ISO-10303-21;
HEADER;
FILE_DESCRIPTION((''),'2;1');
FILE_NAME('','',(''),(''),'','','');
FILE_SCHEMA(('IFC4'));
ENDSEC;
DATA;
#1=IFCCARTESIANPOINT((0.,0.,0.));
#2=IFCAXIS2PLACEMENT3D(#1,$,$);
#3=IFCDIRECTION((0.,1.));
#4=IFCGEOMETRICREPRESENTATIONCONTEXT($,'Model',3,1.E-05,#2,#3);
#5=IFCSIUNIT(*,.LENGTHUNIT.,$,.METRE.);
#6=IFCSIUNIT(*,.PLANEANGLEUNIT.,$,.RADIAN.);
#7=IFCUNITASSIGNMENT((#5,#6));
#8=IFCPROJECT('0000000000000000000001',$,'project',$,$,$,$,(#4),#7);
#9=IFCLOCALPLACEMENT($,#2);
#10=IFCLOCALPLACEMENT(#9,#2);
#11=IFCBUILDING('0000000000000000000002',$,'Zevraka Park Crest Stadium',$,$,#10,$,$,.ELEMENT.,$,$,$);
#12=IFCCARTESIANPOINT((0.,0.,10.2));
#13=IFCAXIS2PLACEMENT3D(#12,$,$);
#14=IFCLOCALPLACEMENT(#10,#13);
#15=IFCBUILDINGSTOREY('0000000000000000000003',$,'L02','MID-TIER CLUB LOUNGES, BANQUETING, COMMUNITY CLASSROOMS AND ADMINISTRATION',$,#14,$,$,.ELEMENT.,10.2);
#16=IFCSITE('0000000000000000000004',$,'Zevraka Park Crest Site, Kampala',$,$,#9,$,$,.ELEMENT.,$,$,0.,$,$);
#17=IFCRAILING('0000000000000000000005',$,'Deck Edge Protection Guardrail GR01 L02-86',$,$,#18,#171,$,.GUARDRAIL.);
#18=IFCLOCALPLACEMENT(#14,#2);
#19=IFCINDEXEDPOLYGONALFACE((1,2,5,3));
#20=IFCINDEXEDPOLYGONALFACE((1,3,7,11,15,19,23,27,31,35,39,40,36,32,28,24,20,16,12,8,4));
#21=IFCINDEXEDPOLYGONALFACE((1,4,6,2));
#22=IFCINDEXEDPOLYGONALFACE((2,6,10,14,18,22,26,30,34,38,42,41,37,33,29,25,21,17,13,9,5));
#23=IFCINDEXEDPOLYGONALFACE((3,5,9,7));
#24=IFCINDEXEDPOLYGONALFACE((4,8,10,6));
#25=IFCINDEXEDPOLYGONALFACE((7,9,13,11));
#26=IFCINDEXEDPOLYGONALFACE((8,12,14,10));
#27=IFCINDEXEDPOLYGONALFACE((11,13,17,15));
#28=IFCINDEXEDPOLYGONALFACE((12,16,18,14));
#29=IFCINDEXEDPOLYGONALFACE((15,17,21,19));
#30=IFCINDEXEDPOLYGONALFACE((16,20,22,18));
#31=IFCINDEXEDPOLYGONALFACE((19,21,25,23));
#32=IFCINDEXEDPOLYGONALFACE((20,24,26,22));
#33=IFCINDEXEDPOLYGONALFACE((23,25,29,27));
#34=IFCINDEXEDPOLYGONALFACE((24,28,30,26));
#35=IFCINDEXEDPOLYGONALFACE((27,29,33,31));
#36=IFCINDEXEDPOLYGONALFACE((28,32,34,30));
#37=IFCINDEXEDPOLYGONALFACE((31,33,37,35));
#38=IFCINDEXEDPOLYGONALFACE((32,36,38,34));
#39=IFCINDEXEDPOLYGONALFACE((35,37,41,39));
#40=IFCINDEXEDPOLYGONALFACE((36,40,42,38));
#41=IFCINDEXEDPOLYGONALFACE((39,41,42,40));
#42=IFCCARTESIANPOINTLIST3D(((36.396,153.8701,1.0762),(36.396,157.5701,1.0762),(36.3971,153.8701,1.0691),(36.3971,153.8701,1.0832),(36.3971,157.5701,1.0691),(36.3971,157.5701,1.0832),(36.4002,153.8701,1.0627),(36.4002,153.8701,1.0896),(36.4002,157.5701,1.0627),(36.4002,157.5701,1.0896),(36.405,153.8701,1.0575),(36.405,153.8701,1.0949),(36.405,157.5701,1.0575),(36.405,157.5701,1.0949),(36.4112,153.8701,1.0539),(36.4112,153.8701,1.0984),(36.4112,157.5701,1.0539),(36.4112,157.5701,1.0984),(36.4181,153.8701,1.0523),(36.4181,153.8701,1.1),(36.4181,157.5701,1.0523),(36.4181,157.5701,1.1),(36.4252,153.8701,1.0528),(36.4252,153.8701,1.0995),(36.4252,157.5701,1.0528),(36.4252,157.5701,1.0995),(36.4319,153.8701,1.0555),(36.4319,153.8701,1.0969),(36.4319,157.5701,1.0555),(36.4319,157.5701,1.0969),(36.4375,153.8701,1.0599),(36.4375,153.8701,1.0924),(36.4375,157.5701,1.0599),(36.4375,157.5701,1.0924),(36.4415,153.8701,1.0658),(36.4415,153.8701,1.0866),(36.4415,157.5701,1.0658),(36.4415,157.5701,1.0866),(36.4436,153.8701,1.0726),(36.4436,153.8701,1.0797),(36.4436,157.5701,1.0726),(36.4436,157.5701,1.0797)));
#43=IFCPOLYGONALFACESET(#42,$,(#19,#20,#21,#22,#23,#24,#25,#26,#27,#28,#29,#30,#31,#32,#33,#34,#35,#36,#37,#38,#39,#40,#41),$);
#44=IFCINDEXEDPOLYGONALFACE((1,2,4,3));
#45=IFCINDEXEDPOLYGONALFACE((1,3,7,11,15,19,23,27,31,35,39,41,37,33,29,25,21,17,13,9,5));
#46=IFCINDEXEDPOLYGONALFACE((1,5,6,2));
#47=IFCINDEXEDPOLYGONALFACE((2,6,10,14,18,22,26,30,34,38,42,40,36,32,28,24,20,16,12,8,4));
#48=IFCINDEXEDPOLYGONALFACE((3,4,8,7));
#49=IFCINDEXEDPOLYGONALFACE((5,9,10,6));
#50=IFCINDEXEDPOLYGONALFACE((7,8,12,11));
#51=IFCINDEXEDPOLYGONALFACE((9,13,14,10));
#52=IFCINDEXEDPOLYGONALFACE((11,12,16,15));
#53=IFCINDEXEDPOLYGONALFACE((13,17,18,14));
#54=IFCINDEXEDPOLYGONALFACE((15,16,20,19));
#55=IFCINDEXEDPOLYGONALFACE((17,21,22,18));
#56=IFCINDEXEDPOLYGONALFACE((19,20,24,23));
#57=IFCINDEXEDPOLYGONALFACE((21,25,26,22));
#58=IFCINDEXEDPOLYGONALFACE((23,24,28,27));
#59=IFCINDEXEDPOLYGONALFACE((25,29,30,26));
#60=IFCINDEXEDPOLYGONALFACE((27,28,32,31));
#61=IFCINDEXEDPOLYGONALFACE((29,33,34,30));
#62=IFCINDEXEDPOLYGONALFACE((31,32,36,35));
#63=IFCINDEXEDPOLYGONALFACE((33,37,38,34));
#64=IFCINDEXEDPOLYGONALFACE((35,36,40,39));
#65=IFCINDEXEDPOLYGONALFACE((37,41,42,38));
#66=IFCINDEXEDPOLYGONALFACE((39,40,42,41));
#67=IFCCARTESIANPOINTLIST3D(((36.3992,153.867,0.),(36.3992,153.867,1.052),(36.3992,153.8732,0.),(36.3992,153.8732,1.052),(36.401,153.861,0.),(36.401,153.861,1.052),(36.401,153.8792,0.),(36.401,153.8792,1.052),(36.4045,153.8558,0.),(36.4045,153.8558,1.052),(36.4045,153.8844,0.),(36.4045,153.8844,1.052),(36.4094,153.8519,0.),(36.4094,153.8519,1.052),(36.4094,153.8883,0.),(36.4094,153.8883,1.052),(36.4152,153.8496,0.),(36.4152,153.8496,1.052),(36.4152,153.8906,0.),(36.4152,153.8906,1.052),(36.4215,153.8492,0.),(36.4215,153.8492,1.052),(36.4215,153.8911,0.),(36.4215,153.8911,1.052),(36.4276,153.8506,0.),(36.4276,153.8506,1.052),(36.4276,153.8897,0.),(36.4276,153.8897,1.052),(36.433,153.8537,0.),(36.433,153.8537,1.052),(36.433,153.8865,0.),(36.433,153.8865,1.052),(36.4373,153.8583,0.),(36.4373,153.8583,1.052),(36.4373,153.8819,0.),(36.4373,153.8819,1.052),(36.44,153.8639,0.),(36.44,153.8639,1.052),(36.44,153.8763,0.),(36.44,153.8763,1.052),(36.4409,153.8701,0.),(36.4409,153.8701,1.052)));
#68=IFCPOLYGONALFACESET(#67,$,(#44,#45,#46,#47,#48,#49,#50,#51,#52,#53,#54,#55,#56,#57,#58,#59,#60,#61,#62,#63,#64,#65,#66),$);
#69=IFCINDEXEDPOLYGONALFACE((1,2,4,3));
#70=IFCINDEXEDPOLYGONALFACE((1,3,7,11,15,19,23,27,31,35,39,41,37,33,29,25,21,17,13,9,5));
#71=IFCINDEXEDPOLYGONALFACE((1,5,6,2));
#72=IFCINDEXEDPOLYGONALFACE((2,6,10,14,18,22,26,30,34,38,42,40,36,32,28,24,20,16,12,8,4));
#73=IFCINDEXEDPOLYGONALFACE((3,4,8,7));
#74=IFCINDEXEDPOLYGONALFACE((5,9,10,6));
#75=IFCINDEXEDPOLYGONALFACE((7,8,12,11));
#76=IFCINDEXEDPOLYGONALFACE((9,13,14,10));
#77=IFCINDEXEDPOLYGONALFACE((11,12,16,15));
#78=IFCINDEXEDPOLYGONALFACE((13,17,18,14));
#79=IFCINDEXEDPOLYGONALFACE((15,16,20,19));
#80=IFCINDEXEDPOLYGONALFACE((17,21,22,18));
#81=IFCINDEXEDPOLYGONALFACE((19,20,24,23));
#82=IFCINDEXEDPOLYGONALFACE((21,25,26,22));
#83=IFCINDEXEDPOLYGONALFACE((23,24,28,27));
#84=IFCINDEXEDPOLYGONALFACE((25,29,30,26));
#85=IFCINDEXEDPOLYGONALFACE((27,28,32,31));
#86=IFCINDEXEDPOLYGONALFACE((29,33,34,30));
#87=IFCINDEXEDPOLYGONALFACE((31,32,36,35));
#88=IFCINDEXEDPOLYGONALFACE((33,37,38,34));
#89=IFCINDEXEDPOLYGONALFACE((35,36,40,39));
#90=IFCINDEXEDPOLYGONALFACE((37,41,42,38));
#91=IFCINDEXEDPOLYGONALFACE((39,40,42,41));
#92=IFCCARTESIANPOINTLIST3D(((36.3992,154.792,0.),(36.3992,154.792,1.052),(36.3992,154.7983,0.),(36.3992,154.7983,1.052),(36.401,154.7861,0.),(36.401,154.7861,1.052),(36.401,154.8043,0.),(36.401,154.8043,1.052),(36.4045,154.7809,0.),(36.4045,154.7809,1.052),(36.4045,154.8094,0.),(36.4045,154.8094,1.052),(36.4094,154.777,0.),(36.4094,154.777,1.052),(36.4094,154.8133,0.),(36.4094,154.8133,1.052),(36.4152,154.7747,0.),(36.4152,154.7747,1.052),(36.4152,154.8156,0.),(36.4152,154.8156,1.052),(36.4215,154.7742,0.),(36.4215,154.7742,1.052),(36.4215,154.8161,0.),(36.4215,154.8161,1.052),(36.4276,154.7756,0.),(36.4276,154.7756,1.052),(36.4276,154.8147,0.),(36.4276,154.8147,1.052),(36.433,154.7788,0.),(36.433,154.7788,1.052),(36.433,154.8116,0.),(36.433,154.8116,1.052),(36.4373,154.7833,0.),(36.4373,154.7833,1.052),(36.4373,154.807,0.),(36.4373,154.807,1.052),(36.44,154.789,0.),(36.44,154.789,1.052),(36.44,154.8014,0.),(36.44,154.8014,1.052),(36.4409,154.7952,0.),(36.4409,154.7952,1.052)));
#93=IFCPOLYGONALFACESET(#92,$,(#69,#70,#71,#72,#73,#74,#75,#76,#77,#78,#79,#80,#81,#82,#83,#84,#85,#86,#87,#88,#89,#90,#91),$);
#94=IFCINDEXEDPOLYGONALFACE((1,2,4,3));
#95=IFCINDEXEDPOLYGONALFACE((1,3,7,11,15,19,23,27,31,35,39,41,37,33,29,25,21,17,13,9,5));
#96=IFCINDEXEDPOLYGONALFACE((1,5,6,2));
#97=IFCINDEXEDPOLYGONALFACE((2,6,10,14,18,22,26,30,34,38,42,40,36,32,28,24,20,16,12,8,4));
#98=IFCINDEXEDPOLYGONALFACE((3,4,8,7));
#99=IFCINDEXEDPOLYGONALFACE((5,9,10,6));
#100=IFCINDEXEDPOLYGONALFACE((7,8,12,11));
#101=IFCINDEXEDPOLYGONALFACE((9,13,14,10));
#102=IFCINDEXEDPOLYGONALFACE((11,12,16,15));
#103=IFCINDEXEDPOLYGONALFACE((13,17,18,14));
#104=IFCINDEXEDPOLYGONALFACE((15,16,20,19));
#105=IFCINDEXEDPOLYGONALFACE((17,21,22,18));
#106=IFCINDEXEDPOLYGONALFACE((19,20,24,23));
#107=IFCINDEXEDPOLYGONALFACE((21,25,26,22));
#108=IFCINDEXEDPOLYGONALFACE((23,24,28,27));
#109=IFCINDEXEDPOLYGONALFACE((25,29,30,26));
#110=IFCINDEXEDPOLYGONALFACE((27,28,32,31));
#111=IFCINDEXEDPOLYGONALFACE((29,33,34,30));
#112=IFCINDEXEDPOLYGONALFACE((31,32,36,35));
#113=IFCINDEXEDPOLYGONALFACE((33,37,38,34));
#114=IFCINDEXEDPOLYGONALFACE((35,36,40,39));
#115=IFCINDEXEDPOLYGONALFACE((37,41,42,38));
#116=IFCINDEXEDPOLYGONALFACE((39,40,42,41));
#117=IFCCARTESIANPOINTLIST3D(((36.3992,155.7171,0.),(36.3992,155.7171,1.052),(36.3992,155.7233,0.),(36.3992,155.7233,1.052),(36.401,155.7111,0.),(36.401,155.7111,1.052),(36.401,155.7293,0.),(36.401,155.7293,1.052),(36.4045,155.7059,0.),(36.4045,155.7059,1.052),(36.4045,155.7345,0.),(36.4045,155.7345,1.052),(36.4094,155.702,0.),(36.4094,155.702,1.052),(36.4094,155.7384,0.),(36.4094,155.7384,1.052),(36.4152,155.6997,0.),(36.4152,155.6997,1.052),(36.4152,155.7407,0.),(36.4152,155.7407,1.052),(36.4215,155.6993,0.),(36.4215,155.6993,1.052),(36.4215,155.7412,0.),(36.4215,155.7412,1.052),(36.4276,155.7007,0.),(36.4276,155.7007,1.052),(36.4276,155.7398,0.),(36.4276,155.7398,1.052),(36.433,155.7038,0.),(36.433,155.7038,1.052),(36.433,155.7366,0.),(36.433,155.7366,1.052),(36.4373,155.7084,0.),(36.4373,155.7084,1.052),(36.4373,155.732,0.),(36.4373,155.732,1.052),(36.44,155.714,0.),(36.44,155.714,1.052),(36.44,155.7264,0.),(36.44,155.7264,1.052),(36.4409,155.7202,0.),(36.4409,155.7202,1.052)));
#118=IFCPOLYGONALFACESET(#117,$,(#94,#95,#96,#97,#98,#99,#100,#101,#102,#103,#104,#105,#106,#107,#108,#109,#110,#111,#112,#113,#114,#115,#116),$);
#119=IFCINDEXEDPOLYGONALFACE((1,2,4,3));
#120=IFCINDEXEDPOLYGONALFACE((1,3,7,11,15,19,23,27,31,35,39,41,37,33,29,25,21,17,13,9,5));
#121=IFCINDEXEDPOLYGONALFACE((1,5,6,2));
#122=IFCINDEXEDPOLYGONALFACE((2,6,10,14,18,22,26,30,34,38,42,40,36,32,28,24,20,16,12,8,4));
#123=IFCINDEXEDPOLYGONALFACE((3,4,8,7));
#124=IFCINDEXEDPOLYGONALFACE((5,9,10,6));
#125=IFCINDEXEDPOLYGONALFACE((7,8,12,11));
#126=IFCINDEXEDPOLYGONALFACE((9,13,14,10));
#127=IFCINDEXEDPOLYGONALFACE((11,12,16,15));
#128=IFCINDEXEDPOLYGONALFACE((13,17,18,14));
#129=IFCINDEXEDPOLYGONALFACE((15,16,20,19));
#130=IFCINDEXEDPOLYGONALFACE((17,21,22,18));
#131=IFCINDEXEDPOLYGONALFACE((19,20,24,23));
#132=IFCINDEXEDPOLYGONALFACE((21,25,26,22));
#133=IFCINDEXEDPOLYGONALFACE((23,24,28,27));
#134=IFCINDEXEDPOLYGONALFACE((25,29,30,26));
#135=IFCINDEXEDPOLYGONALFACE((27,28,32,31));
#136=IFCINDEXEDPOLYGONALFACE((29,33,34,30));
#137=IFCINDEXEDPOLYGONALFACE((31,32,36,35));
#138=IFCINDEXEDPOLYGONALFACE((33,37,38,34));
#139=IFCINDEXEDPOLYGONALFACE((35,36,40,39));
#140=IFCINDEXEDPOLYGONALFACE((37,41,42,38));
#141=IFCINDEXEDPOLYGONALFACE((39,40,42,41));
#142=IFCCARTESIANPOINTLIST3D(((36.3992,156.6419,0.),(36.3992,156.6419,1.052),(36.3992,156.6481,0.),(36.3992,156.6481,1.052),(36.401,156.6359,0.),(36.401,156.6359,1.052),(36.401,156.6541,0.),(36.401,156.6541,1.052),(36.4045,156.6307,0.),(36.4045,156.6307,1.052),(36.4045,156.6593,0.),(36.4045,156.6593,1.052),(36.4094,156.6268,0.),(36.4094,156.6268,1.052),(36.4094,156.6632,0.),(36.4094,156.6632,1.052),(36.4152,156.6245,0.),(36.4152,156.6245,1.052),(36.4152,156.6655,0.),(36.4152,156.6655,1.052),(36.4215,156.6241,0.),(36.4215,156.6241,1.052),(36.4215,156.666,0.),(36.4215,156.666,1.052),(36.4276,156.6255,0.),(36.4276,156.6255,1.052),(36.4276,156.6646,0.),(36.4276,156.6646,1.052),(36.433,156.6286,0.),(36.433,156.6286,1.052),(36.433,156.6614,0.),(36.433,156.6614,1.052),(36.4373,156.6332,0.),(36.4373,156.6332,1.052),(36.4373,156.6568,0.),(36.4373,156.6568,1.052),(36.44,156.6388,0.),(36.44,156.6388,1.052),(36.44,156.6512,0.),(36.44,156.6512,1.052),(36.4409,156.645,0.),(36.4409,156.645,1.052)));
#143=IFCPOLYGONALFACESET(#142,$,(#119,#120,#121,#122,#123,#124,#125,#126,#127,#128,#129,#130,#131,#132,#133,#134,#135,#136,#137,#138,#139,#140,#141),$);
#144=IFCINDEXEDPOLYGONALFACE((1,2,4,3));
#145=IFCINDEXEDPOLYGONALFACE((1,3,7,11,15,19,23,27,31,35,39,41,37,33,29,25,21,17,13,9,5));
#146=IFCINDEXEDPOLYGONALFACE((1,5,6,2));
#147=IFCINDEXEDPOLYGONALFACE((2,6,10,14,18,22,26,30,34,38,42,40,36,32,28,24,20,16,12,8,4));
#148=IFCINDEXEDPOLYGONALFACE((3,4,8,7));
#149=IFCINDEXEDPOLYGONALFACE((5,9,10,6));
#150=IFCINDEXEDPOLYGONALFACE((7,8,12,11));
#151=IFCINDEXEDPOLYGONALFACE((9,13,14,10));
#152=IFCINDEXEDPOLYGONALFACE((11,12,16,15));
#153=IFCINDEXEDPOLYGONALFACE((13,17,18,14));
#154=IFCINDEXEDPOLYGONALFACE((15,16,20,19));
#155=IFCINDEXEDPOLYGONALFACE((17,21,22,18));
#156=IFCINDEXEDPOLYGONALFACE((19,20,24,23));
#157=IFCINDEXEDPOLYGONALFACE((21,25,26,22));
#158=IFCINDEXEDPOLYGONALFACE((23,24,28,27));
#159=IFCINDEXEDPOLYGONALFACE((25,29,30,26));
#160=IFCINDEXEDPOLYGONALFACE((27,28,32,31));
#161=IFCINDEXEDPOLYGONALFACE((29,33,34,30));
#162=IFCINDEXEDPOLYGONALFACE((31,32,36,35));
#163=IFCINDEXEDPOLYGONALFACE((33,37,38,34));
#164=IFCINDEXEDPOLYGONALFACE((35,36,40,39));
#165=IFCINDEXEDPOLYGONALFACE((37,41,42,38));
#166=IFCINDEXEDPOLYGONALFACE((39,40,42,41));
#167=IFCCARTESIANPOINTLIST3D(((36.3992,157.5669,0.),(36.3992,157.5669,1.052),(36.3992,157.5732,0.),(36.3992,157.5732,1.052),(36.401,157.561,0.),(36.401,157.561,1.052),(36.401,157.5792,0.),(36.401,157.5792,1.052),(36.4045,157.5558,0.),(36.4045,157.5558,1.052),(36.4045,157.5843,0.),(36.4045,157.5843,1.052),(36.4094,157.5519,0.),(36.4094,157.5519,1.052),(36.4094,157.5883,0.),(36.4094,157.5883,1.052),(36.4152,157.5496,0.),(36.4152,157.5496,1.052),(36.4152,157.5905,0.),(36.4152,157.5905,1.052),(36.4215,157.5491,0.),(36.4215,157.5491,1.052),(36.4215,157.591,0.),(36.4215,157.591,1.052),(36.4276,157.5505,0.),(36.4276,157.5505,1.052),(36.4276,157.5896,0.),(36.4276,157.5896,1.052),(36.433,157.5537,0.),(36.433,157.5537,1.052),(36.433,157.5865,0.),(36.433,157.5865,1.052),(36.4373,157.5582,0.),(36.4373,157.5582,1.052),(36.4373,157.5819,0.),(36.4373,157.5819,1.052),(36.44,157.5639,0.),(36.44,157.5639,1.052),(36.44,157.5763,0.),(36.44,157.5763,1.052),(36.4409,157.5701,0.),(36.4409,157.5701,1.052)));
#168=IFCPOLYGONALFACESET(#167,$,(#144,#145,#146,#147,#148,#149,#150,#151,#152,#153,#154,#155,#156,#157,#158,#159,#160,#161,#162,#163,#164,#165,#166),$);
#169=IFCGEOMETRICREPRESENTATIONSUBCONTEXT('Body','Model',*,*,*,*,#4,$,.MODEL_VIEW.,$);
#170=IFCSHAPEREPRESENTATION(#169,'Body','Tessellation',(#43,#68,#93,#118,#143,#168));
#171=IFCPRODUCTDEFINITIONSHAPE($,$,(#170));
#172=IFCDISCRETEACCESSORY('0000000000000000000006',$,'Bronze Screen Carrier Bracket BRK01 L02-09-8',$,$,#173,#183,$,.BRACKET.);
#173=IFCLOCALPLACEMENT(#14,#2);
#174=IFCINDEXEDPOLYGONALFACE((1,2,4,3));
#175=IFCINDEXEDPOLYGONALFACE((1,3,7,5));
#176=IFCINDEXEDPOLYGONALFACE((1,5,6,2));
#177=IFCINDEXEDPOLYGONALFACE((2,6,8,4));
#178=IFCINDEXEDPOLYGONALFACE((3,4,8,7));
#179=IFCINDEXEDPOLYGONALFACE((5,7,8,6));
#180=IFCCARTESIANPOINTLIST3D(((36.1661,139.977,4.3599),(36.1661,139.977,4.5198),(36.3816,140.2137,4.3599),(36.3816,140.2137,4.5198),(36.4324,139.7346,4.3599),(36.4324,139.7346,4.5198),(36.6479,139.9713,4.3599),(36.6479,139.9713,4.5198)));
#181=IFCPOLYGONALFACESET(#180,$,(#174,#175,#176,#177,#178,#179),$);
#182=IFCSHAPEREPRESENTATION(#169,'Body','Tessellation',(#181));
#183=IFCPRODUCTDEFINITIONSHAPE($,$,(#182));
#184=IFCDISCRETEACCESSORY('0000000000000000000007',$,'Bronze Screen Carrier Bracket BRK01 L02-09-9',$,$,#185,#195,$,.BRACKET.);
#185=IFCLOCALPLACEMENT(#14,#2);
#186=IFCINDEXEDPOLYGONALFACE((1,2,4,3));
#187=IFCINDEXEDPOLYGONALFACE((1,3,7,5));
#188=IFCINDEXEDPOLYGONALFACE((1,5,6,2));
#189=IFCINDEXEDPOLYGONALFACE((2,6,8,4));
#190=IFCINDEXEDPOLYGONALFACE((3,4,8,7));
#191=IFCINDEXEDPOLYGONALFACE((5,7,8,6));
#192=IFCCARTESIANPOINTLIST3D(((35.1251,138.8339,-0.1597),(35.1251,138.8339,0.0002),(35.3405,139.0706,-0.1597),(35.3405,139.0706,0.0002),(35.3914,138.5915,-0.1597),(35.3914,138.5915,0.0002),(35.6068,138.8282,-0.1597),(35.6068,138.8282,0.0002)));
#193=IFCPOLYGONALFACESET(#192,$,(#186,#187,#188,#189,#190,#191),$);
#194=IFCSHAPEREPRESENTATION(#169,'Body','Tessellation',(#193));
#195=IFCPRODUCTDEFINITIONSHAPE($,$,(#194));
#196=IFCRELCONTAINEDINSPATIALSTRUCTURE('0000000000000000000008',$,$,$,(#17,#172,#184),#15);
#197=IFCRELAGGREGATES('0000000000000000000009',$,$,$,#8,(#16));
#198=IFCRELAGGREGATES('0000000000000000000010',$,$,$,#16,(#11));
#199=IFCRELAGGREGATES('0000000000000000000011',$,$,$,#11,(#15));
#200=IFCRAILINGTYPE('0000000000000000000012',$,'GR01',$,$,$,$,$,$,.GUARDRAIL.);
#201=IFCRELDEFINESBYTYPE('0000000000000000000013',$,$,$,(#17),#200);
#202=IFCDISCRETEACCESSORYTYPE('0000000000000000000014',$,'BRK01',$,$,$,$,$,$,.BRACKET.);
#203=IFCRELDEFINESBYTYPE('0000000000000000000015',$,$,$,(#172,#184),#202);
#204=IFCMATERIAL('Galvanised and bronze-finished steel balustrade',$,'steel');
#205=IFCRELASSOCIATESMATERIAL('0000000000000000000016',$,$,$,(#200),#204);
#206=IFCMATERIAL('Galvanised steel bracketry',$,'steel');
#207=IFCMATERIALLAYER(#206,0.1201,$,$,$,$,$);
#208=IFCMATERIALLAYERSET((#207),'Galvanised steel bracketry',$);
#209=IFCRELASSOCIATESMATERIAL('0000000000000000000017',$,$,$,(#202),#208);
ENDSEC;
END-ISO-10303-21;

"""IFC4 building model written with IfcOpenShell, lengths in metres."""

from ifc_helpers import new_model, si_unit, direction, frame, origin, origin_2d, place, context, subcontext, project, spatial, rectangle, circle, extrude, material, layer, layer_set, type_object, element, save


model = new_model("IFC4")

# Units and contexts
model_context = context("Model", 3, precision=1e-05, world=origin(), true_north=direction((0.0, 1.0)))
body_context = subcontext(model_context, "Body", "Model", "MODEL_VIEW")
ifc_project = project(units=[si_unit("LENGTHUNIT", "METRE"), si_unit("PLANEANGLEUNIT", "RADIAN")], contexts=[model_context])

# Site, building, storey
site_placement = place(None, origin())
site = spatial("IfcSite", under=ifc_project, at=site_placement, Name="Zevraka Park Crest Site, Kampala", CompositionType="ELEMENT", RefElevation=0.0)
building_placement = place(site_placement, origin())
building = spatial("IfcBuilding", under=site, at=building_placement, Name="Zevraka Park Crest Stadium", CompositionType="ELEMENT")
storey_placement = place(building_placement, frame((0.0, 0.0, 10.2)))
storey = spatial("IfcBuildingStorey", under=building, at=storey_placement, Name="L02", Description="MID-TIER CLUB LOUNGES, BANQUETING, COMMUNITY CLASSROOMS AND ADMINISTRATION", CompositionType="ELEMENT", Elevation=10.2)

# Railing
ifc_material_1 = material(Name="Galvanised and bronze-finished steel balustrade", Category="steel")
railing_type = type_object("IfcRailingType", Name="GR01", PredefinedType="GUARDRAIL", material=ifc_material_1)
railing_1_placement = place(storey_placement, frame((36.4199, 153.8701, 0.0)))
element("IfcRailing", 1, at=railing_1_placement, inside=storey, type_object=railing_type, Name="Deck Edge Protection Guardrail GR01 L02-86", PredefinedType="GUARDRAIL", context=body_context, shape_type="SweptSolid", body=[
    extrude(circle(Radius=0.0239, at=origin_2d()), frame((0.0, 0.0, 1.0762), z_axis=(0.0, 1.0, 0.0), x_axis=(-1.0, 0.0, 0.0)), (0.0, 0.0, 1.0), 3.7),
    extrude(circle(Radius=0.021, at=origin_2d()), origin(), (0.0, 0.0, 1.0), 1.052),
    extrude(circle(Radius=0.021, at=origin_2d()), frame((0.0, 0.925, 0.0)), (0.0, 0.0, 1.0), 1.052),
    extrude(circle(Radius=0.021, at=origin_2d()), frame((0.0, 1.8501, 0.0)), (0.0, 0.0, 1.0), 1.052),
    extrude(circle(Radius=0.021, at=origin_2d()), frame((0.0, 2.7749, 0.0)), (0.0, 0.0, 1.0), 1.052),
    extrude(circle(Radius=0.021, at=origin_2d()), frame((0.0, 3.7, 0.0)), (0.0, 0.0, 1.0), 1.052),
])

# Discrete accessories
ifc_material_2 = material(Name="Galvanised steel bracketry", Category="steel")
ifc_layer_1 = layer(ifc_material_2, 0.1201)
ifc_layer_set_1 = layer_set([ifc_layer_1], Name="Galvanised steel bracketry")
discrete_accessory_type = type_object("IfcDiscreteAccessoryType", Name="BRK01", PredefinedType="BRACKET", material=ifc_layer_set_1)
for number, where, z_axis, x_axis, name in (
    (2, (36.407, 139.9741, 4.3599), (0.0, 0.0, 1.0), (-0.673142, -0.739514, 0.0), "Bronze Screen Carrier Bracket BRK01 L02-09-8"),
    (3, (35.366, 138.8311, -0.1597), (0.0, 0.0, 1.0), (-0.673142, -0.739514, 0.0), "Bronze Screen Carrier Bracket BRK01 L02-09-9"),
):
    element("IfcDiscreteAccessory", number, at=place(storey_placement, frame(where, z_axis=z_axis, x_axis=x_axis)), inside=storey, type_object=discrete_accessory_type, Name=name, PredefinedType="BRACKET", context=body_context, shape_type="SweptSolid", body=[
        extrude(rectangle(XDim=0.3201, YDim=0.3601, at=origin_2d()), origin(), (0.0, 0.0, 1.0), 0.1599),
    ])

save(model, "model.ifc")
